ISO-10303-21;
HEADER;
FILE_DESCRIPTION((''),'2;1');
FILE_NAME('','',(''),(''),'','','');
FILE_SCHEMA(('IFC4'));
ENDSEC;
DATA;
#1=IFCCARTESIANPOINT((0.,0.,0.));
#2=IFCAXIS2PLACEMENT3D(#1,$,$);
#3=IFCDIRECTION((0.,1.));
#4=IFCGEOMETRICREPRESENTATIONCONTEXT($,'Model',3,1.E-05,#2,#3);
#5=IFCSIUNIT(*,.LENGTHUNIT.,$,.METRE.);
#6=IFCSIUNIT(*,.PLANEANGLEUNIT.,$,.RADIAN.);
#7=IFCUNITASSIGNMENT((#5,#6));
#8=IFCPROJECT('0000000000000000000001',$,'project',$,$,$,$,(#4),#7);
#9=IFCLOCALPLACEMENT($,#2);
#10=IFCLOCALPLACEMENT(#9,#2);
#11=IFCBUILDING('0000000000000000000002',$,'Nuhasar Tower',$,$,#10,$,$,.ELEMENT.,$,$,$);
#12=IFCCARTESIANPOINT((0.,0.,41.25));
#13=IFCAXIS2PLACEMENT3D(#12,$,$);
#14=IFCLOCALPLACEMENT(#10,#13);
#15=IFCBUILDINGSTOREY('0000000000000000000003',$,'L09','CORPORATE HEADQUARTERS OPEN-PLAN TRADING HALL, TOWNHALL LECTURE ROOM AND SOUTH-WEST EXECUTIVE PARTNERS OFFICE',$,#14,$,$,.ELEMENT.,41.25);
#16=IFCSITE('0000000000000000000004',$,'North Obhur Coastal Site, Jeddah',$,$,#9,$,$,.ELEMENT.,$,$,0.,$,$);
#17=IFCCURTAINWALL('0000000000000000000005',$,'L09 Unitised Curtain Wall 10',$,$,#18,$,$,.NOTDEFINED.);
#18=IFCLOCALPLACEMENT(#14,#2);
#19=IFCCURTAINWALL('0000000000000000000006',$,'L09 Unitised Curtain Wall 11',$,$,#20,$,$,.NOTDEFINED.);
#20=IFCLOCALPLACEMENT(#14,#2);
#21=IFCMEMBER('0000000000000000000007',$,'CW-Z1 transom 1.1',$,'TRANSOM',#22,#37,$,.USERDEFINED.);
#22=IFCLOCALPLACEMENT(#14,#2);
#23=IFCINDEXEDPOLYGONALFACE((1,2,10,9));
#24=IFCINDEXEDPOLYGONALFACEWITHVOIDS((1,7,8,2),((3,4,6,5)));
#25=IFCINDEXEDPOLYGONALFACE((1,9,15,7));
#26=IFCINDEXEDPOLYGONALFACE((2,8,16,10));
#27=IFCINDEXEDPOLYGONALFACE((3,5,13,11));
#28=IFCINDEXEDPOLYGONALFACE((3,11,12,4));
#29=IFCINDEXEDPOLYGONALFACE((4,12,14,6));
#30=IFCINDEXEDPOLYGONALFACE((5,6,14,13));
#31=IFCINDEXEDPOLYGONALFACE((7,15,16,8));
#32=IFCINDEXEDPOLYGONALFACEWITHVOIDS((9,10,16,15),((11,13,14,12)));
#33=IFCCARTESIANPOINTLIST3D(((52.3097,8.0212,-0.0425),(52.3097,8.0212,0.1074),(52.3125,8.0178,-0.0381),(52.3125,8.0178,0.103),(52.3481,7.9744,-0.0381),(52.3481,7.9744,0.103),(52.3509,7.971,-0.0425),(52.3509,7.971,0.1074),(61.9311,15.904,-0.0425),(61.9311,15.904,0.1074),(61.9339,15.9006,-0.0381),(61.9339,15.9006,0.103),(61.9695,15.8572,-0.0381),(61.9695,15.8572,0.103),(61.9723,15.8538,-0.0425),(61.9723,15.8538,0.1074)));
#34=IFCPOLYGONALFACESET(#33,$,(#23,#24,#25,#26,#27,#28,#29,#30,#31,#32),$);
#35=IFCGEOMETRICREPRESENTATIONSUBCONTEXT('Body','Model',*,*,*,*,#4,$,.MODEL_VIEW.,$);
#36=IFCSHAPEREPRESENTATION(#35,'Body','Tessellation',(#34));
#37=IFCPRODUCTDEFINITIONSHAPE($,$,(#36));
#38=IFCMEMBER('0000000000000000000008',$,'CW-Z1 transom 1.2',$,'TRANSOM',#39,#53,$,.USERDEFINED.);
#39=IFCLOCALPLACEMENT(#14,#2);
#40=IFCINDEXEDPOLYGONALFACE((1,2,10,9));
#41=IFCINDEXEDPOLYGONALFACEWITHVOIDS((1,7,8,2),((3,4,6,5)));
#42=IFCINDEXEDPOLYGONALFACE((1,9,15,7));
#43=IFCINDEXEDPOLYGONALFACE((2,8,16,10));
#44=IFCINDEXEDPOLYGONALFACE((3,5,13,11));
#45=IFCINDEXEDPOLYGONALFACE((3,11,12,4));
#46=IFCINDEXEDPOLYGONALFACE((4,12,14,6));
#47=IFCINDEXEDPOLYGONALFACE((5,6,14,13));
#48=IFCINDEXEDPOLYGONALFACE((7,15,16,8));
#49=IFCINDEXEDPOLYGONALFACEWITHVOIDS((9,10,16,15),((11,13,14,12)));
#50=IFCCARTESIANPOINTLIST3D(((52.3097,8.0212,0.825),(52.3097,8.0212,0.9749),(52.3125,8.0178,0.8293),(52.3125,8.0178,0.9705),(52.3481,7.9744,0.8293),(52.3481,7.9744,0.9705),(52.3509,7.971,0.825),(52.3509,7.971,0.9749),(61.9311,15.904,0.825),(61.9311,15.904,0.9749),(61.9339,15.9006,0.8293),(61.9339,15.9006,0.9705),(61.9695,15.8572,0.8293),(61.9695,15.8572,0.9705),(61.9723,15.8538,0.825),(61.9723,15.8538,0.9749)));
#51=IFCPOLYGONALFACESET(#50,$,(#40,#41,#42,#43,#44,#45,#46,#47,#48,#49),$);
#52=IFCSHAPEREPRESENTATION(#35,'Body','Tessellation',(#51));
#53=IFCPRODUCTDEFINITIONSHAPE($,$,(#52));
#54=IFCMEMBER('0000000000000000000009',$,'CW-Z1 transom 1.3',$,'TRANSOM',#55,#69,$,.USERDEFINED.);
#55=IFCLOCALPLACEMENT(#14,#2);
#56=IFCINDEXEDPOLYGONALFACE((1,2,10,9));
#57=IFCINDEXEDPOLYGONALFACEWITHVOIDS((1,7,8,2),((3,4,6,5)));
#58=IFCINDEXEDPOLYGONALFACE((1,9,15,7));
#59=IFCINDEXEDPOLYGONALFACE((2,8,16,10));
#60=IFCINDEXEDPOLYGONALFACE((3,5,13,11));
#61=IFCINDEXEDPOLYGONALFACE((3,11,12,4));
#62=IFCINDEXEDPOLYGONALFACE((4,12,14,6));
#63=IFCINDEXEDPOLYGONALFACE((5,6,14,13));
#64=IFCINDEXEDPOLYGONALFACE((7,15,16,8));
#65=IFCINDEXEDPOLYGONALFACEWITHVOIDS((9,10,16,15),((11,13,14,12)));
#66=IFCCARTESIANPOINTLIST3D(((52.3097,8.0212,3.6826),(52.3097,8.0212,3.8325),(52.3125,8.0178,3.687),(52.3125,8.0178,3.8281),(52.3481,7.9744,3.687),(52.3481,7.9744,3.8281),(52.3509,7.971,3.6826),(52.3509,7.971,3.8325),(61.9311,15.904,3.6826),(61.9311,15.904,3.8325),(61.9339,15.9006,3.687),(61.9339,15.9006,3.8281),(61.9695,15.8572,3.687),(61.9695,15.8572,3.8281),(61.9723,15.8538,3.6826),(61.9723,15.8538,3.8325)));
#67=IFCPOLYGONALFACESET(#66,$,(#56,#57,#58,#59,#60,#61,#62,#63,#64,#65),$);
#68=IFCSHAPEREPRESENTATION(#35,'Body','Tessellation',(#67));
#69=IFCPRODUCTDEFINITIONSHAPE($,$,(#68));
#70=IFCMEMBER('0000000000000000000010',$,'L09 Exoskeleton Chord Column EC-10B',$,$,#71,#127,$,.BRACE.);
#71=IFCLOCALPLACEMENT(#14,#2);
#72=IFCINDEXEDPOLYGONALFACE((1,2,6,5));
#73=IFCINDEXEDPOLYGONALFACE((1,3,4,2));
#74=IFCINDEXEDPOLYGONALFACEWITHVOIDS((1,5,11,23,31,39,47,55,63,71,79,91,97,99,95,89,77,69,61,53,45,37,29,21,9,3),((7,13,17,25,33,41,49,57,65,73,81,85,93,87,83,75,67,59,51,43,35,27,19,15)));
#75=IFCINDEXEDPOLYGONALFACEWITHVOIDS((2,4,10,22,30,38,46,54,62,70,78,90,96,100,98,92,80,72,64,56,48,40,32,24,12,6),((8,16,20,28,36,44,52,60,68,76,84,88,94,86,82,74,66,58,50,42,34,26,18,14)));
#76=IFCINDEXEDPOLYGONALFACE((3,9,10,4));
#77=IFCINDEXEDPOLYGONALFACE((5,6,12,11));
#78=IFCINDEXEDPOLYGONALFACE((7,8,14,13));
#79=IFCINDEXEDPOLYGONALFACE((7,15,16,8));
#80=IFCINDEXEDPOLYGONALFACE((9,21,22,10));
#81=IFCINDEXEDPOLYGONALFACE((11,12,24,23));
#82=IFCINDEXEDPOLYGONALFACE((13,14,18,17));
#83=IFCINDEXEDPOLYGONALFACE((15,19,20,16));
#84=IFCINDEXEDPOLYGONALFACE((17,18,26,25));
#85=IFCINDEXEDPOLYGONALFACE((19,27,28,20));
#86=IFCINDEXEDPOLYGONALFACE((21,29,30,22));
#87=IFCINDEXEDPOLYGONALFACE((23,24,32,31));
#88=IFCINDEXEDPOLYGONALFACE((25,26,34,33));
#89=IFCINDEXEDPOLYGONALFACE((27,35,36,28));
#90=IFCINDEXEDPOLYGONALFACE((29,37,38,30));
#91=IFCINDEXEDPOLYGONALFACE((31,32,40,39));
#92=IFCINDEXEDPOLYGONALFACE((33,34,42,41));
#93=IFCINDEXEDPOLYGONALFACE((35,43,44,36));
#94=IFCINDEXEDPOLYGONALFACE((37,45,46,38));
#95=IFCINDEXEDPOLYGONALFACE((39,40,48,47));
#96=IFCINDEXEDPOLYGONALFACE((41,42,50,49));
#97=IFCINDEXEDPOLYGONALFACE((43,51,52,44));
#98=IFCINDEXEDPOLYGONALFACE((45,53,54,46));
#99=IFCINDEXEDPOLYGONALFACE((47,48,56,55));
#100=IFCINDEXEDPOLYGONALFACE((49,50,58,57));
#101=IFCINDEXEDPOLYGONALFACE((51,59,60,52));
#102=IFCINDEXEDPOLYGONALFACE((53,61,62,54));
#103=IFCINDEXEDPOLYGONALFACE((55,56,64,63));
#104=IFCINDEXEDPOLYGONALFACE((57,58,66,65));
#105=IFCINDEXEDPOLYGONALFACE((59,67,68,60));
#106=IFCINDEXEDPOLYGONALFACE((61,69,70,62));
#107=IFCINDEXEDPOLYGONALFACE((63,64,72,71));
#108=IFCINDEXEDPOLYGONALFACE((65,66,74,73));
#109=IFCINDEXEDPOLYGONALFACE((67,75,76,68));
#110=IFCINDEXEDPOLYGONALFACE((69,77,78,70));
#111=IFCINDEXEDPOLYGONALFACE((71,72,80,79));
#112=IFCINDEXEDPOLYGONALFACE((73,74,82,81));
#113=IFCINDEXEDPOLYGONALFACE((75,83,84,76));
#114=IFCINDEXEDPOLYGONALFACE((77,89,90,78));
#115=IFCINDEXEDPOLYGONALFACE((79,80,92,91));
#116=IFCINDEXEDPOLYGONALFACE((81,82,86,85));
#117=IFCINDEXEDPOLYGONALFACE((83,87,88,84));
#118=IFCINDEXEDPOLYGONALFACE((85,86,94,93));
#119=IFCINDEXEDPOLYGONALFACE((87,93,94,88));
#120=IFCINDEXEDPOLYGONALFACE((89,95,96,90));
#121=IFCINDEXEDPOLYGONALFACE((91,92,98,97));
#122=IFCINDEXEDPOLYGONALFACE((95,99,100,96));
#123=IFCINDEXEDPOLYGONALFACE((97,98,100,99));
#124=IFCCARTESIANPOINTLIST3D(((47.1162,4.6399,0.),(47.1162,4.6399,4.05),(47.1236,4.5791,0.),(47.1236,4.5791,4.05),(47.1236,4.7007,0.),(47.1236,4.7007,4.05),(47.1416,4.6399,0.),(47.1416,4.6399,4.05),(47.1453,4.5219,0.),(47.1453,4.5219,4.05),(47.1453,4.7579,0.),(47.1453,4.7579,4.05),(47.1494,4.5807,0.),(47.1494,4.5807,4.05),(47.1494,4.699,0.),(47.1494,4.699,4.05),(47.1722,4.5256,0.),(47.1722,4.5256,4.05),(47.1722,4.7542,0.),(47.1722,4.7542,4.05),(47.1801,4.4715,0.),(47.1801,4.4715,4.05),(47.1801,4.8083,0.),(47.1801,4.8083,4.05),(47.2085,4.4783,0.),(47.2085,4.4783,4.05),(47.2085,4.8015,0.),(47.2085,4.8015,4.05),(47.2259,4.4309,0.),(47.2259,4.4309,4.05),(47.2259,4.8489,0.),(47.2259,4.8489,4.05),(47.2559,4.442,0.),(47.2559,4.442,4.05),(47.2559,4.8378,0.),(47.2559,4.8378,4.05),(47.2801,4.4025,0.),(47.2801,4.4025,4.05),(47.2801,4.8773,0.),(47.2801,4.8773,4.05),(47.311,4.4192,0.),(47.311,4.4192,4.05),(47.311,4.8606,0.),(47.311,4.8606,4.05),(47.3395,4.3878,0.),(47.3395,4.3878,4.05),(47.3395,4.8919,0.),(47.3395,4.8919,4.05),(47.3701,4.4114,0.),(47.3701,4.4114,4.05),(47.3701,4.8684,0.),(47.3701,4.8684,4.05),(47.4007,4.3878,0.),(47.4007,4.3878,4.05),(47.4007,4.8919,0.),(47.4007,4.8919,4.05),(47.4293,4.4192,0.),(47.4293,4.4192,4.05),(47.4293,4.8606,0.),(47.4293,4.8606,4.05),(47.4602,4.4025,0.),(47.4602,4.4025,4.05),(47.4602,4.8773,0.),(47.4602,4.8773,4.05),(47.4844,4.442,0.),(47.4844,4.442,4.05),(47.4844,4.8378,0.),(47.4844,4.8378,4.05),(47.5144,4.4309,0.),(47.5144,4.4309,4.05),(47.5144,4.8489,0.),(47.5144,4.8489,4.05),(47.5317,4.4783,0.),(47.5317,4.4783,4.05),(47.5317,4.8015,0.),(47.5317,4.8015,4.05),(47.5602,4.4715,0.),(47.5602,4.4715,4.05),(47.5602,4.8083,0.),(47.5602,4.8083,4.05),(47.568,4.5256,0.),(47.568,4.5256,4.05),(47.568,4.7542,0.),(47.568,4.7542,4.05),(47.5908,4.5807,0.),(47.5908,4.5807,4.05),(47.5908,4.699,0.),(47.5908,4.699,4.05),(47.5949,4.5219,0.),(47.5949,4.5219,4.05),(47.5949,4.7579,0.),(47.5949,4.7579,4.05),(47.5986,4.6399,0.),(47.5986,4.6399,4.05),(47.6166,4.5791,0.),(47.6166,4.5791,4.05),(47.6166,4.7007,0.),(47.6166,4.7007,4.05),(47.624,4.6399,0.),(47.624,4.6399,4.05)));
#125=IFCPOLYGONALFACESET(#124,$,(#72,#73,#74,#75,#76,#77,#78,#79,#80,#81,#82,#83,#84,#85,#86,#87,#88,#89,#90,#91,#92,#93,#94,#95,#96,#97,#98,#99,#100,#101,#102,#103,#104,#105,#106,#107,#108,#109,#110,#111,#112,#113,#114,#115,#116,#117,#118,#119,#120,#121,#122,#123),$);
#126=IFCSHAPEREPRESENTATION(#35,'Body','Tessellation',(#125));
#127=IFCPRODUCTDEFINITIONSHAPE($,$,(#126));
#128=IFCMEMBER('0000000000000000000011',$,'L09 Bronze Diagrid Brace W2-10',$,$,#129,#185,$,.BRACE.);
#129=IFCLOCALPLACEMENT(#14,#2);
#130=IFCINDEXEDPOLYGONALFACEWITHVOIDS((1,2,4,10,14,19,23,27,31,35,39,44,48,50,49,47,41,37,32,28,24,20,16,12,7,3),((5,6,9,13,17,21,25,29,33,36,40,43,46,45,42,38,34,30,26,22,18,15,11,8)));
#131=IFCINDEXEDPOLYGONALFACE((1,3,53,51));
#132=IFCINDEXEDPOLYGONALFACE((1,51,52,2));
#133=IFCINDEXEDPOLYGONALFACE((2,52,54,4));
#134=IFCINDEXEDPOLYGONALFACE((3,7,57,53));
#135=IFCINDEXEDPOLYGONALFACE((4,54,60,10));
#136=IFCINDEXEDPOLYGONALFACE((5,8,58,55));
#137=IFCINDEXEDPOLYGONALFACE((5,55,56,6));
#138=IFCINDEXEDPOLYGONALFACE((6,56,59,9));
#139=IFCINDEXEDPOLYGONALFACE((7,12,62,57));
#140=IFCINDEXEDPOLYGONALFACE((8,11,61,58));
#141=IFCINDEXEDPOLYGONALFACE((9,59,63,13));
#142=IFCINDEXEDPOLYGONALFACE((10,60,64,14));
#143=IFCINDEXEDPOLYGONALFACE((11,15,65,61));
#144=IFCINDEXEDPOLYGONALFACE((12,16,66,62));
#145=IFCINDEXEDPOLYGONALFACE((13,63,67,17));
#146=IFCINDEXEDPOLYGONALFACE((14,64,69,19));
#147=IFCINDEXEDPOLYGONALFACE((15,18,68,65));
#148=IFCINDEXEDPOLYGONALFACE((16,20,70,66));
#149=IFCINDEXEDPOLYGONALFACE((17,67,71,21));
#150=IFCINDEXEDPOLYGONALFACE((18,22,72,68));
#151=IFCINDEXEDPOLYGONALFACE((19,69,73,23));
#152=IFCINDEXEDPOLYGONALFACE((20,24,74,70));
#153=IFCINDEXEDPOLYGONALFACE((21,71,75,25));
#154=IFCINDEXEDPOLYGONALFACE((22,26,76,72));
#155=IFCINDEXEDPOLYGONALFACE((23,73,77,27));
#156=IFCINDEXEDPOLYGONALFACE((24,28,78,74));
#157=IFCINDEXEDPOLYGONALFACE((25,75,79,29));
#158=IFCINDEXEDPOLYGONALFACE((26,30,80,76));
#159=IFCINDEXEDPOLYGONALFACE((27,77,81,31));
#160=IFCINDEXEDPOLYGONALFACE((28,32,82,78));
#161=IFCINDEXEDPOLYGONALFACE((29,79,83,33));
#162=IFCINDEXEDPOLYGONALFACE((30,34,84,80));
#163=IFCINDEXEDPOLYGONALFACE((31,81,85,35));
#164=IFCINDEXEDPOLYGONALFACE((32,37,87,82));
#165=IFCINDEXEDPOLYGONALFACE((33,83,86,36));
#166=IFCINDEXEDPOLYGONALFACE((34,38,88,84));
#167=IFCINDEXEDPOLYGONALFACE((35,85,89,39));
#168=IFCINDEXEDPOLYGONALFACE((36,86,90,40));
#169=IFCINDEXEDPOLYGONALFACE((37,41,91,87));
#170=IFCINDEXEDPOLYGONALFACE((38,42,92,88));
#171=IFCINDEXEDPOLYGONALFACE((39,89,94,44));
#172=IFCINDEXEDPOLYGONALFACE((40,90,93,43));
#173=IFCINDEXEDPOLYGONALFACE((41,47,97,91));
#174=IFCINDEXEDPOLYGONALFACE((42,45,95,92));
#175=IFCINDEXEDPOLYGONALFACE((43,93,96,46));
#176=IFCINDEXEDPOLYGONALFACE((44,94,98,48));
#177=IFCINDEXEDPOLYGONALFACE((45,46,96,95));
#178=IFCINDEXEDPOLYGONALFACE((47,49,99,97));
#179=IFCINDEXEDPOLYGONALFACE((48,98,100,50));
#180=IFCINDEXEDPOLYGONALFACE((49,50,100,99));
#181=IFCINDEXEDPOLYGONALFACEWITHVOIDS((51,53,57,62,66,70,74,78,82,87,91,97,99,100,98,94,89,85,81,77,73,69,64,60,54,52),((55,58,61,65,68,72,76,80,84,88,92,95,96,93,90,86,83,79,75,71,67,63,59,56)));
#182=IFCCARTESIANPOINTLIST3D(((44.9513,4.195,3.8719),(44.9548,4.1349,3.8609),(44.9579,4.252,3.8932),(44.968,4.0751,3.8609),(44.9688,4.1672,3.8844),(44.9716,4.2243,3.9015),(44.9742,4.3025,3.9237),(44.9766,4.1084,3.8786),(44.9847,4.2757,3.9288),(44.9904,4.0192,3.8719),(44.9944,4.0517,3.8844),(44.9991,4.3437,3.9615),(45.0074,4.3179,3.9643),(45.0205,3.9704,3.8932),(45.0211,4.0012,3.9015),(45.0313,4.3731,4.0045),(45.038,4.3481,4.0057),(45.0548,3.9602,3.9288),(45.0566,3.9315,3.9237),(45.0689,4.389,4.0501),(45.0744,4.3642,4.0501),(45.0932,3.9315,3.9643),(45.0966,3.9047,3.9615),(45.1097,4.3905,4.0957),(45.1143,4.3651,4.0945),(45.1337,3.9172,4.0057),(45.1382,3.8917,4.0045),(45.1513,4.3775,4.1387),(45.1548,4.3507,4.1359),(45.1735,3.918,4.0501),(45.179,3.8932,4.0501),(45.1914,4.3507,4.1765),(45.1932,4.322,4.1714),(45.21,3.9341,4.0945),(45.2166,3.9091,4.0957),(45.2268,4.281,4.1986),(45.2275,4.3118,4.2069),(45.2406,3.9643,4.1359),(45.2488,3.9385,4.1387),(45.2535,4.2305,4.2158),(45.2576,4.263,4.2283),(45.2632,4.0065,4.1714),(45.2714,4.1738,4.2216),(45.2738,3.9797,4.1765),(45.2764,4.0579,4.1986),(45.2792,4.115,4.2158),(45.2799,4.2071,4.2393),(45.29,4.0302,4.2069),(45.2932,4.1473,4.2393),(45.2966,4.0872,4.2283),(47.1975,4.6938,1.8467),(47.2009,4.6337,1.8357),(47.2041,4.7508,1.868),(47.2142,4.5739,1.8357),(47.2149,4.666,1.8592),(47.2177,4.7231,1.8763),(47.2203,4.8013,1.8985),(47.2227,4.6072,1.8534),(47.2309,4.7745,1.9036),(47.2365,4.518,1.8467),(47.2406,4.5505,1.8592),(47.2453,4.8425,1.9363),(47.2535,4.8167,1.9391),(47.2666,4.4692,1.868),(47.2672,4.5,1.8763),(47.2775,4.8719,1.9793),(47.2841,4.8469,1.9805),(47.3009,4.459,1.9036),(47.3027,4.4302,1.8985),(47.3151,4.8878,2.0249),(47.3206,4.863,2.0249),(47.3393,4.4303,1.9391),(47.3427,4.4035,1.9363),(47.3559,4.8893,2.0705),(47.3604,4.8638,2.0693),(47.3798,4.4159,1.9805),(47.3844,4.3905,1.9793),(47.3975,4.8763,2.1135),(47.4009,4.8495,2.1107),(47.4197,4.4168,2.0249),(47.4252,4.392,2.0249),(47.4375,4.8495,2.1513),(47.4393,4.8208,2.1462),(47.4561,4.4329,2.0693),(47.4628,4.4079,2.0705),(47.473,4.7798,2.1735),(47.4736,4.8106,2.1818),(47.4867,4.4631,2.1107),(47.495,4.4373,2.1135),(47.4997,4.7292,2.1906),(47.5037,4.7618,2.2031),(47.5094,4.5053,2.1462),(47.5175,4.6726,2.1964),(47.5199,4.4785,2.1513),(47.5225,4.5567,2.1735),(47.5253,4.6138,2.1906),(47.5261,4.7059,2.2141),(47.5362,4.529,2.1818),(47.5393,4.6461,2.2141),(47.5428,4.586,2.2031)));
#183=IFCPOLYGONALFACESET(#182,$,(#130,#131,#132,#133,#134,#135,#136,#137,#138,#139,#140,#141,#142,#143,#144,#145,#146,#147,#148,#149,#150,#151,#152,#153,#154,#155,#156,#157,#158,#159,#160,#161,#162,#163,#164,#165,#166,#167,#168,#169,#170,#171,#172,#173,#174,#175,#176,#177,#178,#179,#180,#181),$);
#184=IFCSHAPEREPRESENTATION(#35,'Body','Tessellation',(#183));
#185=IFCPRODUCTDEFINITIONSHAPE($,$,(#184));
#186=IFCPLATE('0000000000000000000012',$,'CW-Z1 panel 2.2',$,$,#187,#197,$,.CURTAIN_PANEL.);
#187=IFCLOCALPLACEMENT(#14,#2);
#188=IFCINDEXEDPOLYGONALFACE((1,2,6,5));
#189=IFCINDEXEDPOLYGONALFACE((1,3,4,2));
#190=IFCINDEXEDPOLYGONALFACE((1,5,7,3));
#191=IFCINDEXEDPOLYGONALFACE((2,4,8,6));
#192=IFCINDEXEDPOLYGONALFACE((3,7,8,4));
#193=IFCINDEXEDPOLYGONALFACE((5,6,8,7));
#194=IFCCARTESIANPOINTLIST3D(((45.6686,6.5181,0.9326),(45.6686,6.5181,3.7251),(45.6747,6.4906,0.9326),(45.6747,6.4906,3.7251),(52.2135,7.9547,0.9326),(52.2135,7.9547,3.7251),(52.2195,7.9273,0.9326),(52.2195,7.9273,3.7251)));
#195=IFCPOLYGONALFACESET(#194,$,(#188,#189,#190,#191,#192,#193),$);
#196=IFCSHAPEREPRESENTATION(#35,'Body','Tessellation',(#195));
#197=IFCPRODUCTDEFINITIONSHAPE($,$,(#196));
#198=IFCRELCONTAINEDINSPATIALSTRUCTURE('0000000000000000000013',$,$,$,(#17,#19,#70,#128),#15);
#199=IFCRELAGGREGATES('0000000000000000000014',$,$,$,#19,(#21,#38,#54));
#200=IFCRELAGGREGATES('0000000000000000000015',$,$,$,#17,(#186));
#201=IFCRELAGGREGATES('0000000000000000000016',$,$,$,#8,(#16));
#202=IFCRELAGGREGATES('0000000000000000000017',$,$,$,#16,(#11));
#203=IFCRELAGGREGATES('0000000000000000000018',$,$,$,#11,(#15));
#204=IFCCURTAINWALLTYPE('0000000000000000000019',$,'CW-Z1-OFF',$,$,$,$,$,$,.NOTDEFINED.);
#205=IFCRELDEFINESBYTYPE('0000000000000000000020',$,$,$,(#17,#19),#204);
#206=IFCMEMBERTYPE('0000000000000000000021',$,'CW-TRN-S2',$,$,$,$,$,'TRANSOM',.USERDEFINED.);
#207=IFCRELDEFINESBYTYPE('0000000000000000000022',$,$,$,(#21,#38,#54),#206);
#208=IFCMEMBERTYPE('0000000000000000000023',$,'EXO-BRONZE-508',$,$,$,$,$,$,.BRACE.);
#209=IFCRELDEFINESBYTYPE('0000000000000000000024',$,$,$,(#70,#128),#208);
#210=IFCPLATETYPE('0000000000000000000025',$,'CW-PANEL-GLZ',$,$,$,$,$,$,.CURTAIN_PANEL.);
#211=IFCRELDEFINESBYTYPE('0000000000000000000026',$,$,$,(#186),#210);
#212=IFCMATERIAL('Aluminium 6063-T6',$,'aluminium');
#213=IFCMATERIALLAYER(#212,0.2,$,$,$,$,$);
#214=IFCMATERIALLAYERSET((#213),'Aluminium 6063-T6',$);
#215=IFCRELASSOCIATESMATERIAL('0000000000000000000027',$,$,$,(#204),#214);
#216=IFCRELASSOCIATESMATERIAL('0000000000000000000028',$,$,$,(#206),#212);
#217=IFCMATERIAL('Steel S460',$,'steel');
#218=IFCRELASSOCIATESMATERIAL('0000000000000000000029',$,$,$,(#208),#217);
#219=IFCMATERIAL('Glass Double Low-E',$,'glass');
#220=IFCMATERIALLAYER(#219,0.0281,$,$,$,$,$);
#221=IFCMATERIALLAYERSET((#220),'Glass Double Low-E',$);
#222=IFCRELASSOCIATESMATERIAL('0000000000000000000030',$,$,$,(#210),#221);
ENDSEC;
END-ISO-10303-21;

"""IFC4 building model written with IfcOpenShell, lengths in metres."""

from ifc_helpers import new_model, si_unit, direction, frame, origin, origin_2d, place, context, subcontext, project, spatial, rectangle, hollow_rectangle, hollow_circle, extrude, material, layer, layer_set, material_profile, profile_set, type_object, element, aggregate, save


model = new_model("IFC4")

# Units and contexts
model_context = context("Model", 3, precision=1e-05, world=origin(), true_north=direction((0.0, 1.0)))
body_context = subcontext(model_context, "Body", "Model", "MODEL_VIEW")
ifc_project = project(units=[si_unit("LENGTHUNIT", "METRE"), si_unit("PLANEANGLEUNIT", "RADIAN")], contexts=[model_context])

# Site, building, storey
site_placement = place(None, origin())
site = spatial("IfcSite", under=ifc_project, at=site_placement, Name="North Obhur Coastal Site, Jeddah", CompositionType="ELEMENT", RefElevation=0.0)
building_placement = place(site_placement, origin())
building = spatial("IfcBuilding", under=site, at=building_placement, Name="Nuhasar Tower", CompositionType="ELEMENT")
storey_placement = place(building_placement, frame((0.0, 0.0, 41.25)))
storey = spatial("IfcBuildingStorey", under=building, at=storey_placement, Name="L09", Description="CORPORATE HEADQUARTERS OPEN-PLAN TRADING HALL, TOWNHALL LECTURE ROOM AND SOUTH-WEST EXECUTIVE PARTNERS OFFICE", CompositionType="ELEMENT", Elevation=41.25)

# Curtain wall
ifc_material_1 = material(Name="Aluminium 6063-T6", Category="aluminium")
ifc_layer_1 = layer(ifc_material_1, 0.2)
ifc_layer_set_1 = layer_set([ifc_layer_1], Name="Aluminium 6063-T6")
curtain_wall_type = type_object("IfcCurtainWallType", Name="CW-Z1-OFF", PredefinedType="NOTDEFINED", material=ifc_layer_set_1)
curtain_wall_1_placement = place(storey_placement, origin())
curtain_wall_1 = element("IfcCurtainWall", 1, at=curtain_wall_1_placement, inside=storey, type_object=curtain_wall_type, Name="L09 Unitised Curtain Wall 10", PredefinedType="NOTDEFINED")

# Curtain wall, members
curtain_wall_2_placement = place(storey_placement, origin())
curtain_wall_2 = element("IfcCurtainWall", 2, at=curtain_wall_2_placement, inside=storey, type_object=curtain_wall_type, Name="L09 Unitised Curtain Wall 11", PredefinedType="NOTDEFINED")
ifc_material_profile_1 = material_profile(ifc_material_1, hollow_rectangle(XDim=0.0649, YDim=0.1499, WallThickness=0.0044, at=origin_2d()), Name="CWT-2")
ifc_profile_set_1 = profile_set([ifc_material_profile_1], Name="Aluminium 6063-T6")
member_type_1 = type_object("IfcMemberType", Name="CW-TRN-S2", ElementType="TRANSOM", PredefinedType="USERDEFINED", material=ifc_profile_set_1)
member_1_placement = place(storey_placement, frame((52.3303, 7.9961, 0.0325), z_axis=(0.773531, 0.633758, 0.0), x_axis=(-0.633758, 0.773531, 0.0)))
member_1 = element("IfcMember", 3, at=member_1_placement, type_object=member_type_1, Name="CW-Z1 transom 1.1", ObjectType="TRANSOM", PredefinedType="USERDEFINED", context=body_context, shape_type="SweptSolid", body=[
    extrude(hollow_rectangle(XDim=0.0649, YDim=0.1499, WallThickness=0.0044, at=origin_2d()), origin(), (0.0, 0.0, 1.0), 12.4382),
])
member_2_placement = place(storey_placement, frame((52.3303, 7.9961, 0.8999), z_axis=(0.773531, 0.633758, 0.0), x_axis=(-0.633758, 0.773531, 0.0)))
member_2 = element("IfcMember", 4, at=member_2_placement, type_object=member_type_1, Name="CW-Z1 transom 1.2", ObjectType="TRANSOM", PredefinedType="USERDEFINED", context=body_context, shape_type="SweptSolid", body=[
    extrude(hollow_rectangle(XDim=0.0649, YDim=0.1499, WallThickness=0.0044, at=origin_2d()), origin(), (0.0, 0.0, 1.0), 12.4382),
])
member_3_placement = place(storey_placement, frame((52.3303, 7.9961, 3.7576), z_axis=(0.773531, 0.633758, 0.0), x_axis=(-0.633758, 0.773531, 0.0)))
member_3 = element("IfcMember", 5, at=member_3_placement, type_object=member_type_1, Name="CW-Z1 transom 1.3", ObjectType="TRANSOM", PredefinedType="USERDEFINED", context=body_context, shape_type="SweptSolid", body=[
    extrude(hollow_rectangle(XDim=0.0649, YDim=0.1499, WallThickness=0.0044, at=origin_2d()), origin(), (0.0, 0.0, 1.0), 12.4382),
])
aggregate(curtain_wall_2, [member_1, member_2, member_3])

# Members
ifc_material_2 = material(Name="Steel S460", Category="steel")
ifc_material_profile_2 = material_profile(ifc_material_2, hollow_circle(Radius=0.2539, WallThickness=0.0254, at=origin_2d()), Name="HSS508X25.4")
ifc_profile_set_2 = profile_set([ifc_material_profile_2], Name="Steel S460")
member_type_2 = type_object("IfcMemberType", Name="EXO-BRONZE-508", PredefinedType="BRACE", material=ifc_profile_set_2)
member_4_placement = place(storey_placement, frame((47.3701, 4.6399, 0.0), z_axis=(0.0, 0.0, 1.0), x_axis=(1.0, 0.0, 0.0)))
element("IfcMember", 6, at=member_4_placement, inside=storey, type_object=member_type_2, Name="L09 Exoskeleton Chord Column EC-10B", PredefinedType="BRACE", context=body_context, shape_type="SweptSolid", body=[
    extrude(hollow_circle(Radius=0.2539, WallThickness=0.0254, at=origin_2d()), origin(), (0.0, 0.0, 1.0), 4.05),
])
member_5_placement = place(storey_placement, frame((47.3701, 4.6399, 2.0249), z_axis=(-0.732792, -0.162728, 0.660708), x_axis=(0.216784, -0.97622, 0.0)))
element("IfcMember", 7, at=member_5_placement, inside=storey, type_object=member_type_2, Name="L09 Bronze Diagrid Brace W2-10", PredefinedType="BRACE", context=body_context, shape_type="SweptSolid", body=[
    extrude(hollow_circle(Radius=0.2539, WallThickness=0.0254, at=origin_2d()), origin(), (0.0, 0.0, 1.0), 3.0652),
])

# Plate
ifc_material_3 = material(Name="Glass Double Low-E", Category="glass")
ifc_layer_2 = layer(ifc_material_3, 0.0281)
ifc_layer_set_2 = layer_set([ifc_layer_2], Name="Glass Double Low-E")
plate_type_1 = type_object("IfcPlateType", Name="CW-PANEL-GLZ", PredefinedType="CURTAIN_PANEL", material=ifc_layer_set_2)
plate_1_placement = place(storey_placement, frame((48.9441, 7.2227, 0.9326), z_axis=(0.0, 0.0, 1.0), x_axis=(0.976746, 0.214399, 0.0)))
plate_1 = element("IfcPlate", 8, at=plate_1_placement, type_object=plate_type_1, Name="CW-Z1 panel 2.2", PredefinedType="CURTAIN_PANEL", context=body_context, shape_type="SweptSolid", body=[
    extrude(rectangle(XDim=6.7007, YDim=0.0281, at=origin_2d()), origin(), (0.0, 0.0, 1.0), 2.7925),
])
aggregate(curtain_wall_1, [plate_1])

save(model, "model.ifc")
